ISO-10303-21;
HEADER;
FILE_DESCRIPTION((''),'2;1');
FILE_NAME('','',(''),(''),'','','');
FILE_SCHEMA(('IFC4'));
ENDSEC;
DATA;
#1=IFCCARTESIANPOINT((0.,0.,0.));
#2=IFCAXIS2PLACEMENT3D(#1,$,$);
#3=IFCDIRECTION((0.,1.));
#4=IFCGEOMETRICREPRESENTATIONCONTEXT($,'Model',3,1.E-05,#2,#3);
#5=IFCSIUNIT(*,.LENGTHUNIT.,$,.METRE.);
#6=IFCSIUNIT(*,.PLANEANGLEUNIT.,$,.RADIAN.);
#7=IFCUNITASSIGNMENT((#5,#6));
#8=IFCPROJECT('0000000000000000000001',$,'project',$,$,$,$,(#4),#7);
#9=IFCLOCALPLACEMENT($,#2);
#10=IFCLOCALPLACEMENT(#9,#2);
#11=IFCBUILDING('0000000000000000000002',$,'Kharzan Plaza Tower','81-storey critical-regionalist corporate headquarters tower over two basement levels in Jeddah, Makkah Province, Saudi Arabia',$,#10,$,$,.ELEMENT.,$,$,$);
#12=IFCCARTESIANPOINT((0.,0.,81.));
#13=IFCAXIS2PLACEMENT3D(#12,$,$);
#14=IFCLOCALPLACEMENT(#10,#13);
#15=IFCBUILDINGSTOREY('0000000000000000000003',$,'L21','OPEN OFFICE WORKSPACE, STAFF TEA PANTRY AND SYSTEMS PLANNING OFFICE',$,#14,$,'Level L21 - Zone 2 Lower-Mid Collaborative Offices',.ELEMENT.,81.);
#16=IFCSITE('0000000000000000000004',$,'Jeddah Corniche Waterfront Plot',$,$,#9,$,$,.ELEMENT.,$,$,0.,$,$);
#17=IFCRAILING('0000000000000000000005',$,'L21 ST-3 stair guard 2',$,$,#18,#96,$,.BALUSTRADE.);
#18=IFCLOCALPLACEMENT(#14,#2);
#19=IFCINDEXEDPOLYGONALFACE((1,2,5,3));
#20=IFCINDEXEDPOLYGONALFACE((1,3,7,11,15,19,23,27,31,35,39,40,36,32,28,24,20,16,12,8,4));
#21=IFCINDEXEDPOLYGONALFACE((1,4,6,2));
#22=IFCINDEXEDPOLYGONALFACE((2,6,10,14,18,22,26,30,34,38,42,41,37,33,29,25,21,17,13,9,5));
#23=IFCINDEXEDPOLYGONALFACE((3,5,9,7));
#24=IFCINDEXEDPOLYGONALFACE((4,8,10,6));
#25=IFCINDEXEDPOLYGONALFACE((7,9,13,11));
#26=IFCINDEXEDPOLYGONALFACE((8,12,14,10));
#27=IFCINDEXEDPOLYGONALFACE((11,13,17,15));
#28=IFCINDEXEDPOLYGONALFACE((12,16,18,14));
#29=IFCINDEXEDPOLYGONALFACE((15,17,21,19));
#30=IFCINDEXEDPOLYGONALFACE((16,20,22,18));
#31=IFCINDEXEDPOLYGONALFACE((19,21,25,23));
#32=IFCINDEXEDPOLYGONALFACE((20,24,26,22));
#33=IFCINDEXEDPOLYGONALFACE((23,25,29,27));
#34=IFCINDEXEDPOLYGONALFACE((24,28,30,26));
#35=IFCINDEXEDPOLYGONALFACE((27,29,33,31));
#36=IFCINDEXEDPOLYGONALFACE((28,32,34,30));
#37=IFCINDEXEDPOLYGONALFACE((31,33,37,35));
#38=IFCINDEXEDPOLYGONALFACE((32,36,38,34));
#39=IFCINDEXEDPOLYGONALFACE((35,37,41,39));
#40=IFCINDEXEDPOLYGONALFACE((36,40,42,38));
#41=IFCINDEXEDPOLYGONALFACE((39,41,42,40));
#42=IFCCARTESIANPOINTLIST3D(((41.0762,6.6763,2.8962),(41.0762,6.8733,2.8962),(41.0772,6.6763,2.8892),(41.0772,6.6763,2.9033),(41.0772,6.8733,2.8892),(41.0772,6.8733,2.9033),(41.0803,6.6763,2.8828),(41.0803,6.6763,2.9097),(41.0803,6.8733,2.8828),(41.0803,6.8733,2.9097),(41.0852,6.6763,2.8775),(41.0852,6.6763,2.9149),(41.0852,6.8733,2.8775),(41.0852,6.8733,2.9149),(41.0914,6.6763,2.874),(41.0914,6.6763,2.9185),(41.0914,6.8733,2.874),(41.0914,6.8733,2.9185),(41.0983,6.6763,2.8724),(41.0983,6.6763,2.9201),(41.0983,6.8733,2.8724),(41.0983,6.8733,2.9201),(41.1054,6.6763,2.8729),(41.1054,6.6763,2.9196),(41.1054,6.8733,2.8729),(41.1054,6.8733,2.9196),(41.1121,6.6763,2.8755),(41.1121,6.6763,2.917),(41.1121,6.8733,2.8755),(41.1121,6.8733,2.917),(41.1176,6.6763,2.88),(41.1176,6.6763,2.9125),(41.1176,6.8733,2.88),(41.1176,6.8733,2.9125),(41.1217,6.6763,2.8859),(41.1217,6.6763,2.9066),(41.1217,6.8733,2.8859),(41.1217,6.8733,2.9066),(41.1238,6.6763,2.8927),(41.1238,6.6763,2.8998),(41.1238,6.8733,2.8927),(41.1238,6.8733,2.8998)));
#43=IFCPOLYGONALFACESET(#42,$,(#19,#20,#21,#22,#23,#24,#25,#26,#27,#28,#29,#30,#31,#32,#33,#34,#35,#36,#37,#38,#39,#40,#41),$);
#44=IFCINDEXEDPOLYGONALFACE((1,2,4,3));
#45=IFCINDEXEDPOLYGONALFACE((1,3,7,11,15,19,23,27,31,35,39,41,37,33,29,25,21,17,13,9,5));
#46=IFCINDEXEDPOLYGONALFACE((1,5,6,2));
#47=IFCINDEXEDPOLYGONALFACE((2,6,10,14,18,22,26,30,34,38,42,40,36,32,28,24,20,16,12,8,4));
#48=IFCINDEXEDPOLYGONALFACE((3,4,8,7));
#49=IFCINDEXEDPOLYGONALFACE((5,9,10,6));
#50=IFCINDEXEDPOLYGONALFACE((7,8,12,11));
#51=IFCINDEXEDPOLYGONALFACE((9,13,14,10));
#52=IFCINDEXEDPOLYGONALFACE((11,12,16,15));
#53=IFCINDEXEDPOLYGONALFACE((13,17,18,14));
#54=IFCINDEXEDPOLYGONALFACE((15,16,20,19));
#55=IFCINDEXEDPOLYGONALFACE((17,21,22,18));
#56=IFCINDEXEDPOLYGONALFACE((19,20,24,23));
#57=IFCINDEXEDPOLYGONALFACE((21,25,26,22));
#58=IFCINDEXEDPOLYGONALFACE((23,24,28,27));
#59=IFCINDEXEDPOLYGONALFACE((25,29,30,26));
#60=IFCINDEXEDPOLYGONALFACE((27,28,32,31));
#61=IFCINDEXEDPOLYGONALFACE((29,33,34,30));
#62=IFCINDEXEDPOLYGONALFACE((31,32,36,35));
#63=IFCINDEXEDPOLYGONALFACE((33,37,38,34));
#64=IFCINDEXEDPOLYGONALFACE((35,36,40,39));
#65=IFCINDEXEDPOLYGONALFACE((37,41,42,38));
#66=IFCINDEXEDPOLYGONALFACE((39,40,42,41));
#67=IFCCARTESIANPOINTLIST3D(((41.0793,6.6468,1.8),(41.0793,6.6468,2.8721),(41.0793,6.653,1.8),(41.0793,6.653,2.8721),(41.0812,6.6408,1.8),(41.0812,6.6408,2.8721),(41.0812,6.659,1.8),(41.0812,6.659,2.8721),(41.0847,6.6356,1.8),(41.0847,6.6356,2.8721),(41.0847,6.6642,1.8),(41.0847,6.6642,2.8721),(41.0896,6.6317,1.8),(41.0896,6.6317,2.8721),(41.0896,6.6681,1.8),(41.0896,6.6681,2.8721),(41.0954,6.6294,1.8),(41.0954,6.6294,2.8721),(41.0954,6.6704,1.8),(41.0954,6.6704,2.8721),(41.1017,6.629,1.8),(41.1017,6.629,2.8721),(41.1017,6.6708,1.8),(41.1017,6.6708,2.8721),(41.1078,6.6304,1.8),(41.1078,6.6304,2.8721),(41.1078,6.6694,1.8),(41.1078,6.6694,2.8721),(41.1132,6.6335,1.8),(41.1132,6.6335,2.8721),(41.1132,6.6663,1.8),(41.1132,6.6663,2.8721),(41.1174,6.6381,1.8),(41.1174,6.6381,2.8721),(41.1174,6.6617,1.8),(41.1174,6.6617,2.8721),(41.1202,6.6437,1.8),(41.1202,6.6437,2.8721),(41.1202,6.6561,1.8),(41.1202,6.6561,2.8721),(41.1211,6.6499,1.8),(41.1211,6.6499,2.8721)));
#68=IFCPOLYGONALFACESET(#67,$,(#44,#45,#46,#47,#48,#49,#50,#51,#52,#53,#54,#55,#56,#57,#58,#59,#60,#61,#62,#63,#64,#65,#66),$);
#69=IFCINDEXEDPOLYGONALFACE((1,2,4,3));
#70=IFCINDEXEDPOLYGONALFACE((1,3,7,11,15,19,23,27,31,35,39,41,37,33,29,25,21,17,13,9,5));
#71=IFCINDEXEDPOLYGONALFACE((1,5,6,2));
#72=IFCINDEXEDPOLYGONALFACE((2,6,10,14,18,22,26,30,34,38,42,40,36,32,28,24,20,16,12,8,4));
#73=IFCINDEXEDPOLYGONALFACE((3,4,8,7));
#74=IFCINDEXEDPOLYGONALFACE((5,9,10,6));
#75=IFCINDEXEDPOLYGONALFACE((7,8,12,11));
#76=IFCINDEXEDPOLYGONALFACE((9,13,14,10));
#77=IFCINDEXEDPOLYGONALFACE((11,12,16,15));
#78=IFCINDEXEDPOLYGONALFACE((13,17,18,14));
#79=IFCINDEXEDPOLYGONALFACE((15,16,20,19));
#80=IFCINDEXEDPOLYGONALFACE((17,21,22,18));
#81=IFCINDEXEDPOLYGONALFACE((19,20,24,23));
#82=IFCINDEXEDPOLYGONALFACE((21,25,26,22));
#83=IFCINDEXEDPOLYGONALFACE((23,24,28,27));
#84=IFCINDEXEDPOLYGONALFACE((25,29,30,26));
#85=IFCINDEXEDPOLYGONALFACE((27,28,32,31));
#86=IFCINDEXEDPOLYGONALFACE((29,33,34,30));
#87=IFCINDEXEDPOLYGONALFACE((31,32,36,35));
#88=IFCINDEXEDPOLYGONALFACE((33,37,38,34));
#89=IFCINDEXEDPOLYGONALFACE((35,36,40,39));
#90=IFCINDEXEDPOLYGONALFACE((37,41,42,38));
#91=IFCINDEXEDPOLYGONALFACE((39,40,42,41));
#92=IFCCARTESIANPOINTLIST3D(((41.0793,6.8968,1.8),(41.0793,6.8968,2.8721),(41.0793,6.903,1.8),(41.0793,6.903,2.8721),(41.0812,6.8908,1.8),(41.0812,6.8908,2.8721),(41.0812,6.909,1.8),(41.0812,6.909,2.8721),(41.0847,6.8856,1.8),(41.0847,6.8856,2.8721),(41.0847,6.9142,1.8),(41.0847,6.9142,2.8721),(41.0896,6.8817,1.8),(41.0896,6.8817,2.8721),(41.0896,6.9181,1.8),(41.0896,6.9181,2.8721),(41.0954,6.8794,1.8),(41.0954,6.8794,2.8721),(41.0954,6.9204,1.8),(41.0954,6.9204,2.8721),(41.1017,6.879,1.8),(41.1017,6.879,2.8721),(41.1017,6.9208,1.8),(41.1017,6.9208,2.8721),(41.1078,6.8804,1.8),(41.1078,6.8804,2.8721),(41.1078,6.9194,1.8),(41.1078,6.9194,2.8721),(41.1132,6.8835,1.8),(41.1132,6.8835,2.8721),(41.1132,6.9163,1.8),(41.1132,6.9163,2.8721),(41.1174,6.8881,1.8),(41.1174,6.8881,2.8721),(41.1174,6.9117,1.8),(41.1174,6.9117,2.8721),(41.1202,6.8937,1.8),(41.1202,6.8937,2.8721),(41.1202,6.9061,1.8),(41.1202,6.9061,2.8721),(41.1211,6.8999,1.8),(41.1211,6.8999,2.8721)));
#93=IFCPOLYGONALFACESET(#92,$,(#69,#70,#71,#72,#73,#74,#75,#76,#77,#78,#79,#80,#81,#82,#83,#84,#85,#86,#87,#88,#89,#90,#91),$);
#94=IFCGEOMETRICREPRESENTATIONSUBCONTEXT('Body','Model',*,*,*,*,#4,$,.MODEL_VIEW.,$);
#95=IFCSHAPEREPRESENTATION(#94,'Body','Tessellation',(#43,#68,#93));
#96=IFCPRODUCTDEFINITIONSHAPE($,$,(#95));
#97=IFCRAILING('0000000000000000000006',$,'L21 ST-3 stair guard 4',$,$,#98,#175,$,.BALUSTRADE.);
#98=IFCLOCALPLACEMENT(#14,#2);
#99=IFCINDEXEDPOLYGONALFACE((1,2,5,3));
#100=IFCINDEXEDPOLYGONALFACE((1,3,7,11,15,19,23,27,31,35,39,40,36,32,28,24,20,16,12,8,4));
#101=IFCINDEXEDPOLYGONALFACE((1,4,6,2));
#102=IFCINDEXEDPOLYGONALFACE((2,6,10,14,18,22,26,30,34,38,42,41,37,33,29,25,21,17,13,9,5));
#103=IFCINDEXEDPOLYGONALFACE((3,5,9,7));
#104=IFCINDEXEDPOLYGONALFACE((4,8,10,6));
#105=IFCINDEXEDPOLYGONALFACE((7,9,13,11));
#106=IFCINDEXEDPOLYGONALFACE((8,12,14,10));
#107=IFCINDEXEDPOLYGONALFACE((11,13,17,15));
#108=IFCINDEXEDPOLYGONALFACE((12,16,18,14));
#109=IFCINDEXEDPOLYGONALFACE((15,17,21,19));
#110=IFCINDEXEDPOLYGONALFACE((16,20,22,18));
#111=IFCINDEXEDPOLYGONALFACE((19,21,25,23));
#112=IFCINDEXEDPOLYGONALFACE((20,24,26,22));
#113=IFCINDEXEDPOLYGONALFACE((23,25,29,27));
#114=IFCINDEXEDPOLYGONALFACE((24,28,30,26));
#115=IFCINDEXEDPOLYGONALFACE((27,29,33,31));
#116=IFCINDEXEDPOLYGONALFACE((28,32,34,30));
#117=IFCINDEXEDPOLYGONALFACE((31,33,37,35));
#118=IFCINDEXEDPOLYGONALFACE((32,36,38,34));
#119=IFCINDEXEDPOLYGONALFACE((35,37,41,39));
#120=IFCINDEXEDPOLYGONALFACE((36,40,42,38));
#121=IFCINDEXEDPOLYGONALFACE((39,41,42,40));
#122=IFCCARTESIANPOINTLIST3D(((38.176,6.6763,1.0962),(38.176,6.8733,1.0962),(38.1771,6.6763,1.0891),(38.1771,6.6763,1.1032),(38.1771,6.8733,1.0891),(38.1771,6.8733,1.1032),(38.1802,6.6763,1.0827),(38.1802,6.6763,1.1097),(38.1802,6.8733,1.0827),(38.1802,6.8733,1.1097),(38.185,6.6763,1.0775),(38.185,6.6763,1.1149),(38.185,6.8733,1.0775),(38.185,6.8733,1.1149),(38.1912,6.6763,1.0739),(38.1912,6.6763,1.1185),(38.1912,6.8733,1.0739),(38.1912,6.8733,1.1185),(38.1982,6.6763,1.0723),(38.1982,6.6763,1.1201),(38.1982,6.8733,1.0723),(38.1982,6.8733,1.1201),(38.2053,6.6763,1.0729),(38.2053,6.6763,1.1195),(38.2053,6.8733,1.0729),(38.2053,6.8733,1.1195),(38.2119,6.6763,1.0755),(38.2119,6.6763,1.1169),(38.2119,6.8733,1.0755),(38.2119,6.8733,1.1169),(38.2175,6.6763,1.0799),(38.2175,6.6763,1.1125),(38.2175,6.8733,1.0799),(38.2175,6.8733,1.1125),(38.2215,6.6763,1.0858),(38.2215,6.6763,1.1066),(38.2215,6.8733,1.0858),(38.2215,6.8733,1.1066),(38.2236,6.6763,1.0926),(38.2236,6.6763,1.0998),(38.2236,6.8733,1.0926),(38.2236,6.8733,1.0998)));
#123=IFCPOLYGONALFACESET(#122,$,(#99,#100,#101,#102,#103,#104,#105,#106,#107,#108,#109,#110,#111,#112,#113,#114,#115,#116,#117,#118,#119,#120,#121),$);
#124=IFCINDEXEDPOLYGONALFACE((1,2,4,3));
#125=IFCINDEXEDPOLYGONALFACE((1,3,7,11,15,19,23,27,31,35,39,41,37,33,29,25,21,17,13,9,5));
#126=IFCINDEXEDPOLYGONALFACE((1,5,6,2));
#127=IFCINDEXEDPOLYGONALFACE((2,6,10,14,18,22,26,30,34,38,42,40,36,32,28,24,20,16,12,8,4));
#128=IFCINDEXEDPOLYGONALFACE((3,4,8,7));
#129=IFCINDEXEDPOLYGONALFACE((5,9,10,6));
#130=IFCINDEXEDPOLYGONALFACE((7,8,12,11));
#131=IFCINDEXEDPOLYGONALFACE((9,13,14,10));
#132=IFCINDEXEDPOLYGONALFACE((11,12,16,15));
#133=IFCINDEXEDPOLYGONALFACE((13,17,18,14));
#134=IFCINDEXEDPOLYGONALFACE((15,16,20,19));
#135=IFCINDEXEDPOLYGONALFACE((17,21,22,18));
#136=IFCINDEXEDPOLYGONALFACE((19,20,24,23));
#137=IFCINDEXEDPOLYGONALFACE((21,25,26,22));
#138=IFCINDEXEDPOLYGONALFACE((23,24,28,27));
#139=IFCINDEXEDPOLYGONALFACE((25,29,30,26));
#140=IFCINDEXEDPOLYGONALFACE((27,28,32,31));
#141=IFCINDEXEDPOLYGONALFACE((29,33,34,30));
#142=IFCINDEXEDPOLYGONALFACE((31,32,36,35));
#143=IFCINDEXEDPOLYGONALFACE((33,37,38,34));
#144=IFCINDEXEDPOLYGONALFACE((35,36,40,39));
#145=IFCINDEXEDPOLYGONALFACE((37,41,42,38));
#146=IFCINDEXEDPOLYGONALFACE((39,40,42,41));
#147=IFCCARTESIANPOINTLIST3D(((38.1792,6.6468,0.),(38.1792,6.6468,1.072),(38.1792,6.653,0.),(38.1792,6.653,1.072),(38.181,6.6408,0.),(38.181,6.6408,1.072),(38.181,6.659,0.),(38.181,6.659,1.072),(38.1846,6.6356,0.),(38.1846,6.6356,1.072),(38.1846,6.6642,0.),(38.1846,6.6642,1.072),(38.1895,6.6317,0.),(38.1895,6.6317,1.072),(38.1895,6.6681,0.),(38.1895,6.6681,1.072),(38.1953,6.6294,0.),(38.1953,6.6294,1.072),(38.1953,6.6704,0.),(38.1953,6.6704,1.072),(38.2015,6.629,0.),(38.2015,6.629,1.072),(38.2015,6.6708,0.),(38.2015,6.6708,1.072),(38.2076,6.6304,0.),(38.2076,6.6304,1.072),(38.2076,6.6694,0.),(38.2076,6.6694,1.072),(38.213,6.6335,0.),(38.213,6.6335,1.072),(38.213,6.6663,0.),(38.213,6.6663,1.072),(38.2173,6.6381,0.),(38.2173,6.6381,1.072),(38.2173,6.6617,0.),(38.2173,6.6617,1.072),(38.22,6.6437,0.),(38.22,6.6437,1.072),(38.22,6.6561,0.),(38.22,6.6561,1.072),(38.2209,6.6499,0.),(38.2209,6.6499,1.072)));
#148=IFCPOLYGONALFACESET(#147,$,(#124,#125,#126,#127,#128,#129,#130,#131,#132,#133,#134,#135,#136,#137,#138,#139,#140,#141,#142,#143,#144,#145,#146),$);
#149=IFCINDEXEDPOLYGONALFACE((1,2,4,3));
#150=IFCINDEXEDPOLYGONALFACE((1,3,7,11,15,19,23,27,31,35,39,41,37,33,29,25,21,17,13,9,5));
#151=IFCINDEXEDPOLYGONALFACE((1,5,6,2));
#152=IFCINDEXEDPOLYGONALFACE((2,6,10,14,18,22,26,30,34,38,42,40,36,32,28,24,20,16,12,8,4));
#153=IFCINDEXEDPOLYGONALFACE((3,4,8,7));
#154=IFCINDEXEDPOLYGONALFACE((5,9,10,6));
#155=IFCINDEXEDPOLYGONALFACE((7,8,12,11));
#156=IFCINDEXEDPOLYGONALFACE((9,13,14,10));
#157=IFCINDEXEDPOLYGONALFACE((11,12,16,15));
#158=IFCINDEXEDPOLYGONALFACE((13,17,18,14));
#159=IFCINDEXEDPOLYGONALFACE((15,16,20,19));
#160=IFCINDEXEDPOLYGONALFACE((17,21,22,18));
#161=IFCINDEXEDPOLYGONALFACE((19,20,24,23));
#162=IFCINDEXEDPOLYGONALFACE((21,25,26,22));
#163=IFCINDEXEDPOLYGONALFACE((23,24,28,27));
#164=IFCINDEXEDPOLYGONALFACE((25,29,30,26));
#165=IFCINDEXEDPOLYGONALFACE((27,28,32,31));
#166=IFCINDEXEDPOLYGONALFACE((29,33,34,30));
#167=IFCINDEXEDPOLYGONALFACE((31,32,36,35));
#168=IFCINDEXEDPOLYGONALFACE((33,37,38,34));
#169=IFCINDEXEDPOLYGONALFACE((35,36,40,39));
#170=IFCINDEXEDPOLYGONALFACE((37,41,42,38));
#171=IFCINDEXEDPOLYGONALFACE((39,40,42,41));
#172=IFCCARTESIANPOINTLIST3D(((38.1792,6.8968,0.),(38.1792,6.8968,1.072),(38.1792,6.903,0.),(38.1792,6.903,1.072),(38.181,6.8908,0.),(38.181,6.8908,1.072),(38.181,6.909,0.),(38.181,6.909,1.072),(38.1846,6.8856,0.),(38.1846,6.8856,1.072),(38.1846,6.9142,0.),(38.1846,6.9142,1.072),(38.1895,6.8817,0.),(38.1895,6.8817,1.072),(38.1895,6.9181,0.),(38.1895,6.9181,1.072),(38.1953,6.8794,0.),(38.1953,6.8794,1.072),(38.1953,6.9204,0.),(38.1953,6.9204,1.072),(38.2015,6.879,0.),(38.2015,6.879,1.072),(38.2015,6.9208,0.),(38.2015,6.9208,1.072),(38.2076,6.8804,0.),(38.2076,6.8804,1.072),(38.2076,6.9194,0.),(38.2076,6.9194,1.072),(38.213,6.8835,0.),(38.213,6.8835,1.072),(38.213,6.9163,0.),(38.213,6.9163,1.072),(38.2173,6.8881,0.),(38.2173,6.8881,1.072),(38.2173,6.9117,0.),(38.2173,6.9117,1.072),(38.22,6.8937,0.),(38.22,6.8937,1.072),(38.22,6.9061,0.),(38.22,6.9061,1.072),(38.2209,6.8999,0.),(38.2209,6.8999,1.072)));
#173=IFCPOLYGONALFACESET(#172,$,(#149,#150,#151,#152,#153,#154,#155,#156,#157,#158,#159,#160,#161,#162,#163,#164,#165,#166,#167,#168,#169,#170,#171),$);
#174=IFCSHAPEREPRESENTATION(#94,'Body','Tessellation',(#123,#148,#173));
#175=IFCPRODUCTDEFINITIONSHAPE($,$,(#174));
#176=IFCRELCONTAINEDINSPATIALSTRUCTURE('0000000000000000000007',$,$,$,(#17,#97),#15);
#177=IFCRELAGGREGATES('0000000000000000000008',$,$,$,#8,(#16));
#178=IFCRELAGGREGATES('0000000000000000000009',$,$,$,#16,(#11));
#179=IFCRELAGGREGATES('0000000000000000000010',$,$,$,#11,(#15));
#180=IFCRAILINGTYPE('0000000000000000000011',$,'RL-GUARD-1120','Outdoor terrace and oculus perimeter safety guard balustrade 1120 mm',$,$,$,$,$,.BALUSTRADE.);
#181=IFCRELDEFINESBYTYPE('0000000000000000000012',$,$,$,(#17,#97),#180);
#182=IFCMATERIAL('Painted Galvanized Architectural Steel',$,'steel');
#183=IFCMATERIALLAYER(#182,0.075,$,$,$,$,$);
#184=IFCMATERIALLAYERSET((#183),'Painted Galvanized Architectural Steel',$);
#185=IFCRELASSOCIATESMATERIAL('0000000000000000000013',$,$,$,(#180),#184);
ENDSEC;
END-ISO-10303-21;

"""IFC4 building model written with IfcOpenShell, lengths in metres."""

from ifc_helpers import new_model, si_unit, direction, frame, origin, origin_2d, place, context, subcontext, project, spatial, circle, extrude, source, transform, mapped, material, layer, layer_set, type_object, element, save


model = new_model("IFC4")

# Units and contexts
model_context = context("Model", 3, precision=1e-05, world=origin(), true_north=direction((0.0, 1.0)))
body_context = subcontext(model_context, "Body", "Model", "MODEL_VIEW")
ifc_project = project(units=[si_unit("LENGTHUNIT", "METRE"), si_unit("PLANEANGLEUNIT", "RADIAN")], contexts=[model_context])

# Site, building, storey
site_placement = place(None, origin())
site = spatial("IfcSite", under=ifc_project, at=site_placement, Name="Jeddah Corniche Waterfront Plot", CompositionType="ELEMENT", RefElevation=0.0)
building_placement = place(site_placement, origin())
building = spatial("IfcBuilding", under=site, at=building_placement, Name="Kharzan Plaza Tower", Description="81-storey critical-regionalist corporate headquarters tower over two basement levels in Jeddah, Makkah Province, Saudi Arabia", CompositionType="ELEMENT")
storey_placement = place(building_placement, frame((0.0, 0.0, 81.0)))
storey = spatial("IfcBuildingStorey", under=building, at=storey_placement, Name="L21", Description="OPEN OFFICE WORKSPACE, STAFF TEA PANTRY AND SYSTEMS PLANNING OFFICE", LongName="Level L21 - Zone 2 Lower-Mid Collaborative Offices", CompositionType="ELEMENT", Elevation=81.0)

# Railings
ifc_material_1 = material(Name="Painted Galvanized Architectural Steel", Category="steel")
ifc_layer_1 = layer(ifc_material_1, 0.075)
ifc_layer_set_1 = layer_set([ifc_layer_1], Name="Painted Galvanized Architectural Steel")
railing_type_1 = type_object("IfcRailingType", Name="RL-GUARD-1120", Description="Outdoor terrace and oculus perimeter safety guard balustrade 1120 mm", PredefinedType="BALUSTRADE", material=ifc_layer_set_1)
shared_shape_1 = source(origin(), body_context, "Body", "SweptSolid", [
    extrude(circle(Radius=0.0239, at=origin_2d()), frame((0.0, 0.0264, 1.0962), z_axis=(0.0, 1.0, 0.0), x_axis=(-1.0, 0.0, 0.0)), (0.0, 0.0, 1.0), 0.197),
    extrude(circle(Radius=0.021, at=origin_2d()), origin(), (0.0, 0.0, 1.0), 1.072),
    extrude(circle(Radius=0.021, at=origin_2d()), frame((0.0, 0.25, 0.0)), (0.0, 0.0, 1.0), 1.072),
])
for number, where, name in (
    (1, (41.1001, 6.6499, 1.8), "L21 ST-3 stair guard 2"),
    (2, (38.2, 6.6499, 0.0), "L21 ST-3 stair guard 4"),
):
    element("IfcRailing", number, at=place(storey_placement, frame(where)), inside=storey, type_object=railing_type_1, Name=name, PredefinedType="BALUSTRADE", context=body_context, shape_type="MappedRepresentation", body=[
        mapped(shared_shape_1, transform((0.0, 0.0, 0.0), x_axis=(1.0, 0.0, 0.0), y_axis=(0.0, 1.0, 0.0), z_axis=(0.0, 0.0, 1.0))),
    ])

save(model, "model.ifc")
